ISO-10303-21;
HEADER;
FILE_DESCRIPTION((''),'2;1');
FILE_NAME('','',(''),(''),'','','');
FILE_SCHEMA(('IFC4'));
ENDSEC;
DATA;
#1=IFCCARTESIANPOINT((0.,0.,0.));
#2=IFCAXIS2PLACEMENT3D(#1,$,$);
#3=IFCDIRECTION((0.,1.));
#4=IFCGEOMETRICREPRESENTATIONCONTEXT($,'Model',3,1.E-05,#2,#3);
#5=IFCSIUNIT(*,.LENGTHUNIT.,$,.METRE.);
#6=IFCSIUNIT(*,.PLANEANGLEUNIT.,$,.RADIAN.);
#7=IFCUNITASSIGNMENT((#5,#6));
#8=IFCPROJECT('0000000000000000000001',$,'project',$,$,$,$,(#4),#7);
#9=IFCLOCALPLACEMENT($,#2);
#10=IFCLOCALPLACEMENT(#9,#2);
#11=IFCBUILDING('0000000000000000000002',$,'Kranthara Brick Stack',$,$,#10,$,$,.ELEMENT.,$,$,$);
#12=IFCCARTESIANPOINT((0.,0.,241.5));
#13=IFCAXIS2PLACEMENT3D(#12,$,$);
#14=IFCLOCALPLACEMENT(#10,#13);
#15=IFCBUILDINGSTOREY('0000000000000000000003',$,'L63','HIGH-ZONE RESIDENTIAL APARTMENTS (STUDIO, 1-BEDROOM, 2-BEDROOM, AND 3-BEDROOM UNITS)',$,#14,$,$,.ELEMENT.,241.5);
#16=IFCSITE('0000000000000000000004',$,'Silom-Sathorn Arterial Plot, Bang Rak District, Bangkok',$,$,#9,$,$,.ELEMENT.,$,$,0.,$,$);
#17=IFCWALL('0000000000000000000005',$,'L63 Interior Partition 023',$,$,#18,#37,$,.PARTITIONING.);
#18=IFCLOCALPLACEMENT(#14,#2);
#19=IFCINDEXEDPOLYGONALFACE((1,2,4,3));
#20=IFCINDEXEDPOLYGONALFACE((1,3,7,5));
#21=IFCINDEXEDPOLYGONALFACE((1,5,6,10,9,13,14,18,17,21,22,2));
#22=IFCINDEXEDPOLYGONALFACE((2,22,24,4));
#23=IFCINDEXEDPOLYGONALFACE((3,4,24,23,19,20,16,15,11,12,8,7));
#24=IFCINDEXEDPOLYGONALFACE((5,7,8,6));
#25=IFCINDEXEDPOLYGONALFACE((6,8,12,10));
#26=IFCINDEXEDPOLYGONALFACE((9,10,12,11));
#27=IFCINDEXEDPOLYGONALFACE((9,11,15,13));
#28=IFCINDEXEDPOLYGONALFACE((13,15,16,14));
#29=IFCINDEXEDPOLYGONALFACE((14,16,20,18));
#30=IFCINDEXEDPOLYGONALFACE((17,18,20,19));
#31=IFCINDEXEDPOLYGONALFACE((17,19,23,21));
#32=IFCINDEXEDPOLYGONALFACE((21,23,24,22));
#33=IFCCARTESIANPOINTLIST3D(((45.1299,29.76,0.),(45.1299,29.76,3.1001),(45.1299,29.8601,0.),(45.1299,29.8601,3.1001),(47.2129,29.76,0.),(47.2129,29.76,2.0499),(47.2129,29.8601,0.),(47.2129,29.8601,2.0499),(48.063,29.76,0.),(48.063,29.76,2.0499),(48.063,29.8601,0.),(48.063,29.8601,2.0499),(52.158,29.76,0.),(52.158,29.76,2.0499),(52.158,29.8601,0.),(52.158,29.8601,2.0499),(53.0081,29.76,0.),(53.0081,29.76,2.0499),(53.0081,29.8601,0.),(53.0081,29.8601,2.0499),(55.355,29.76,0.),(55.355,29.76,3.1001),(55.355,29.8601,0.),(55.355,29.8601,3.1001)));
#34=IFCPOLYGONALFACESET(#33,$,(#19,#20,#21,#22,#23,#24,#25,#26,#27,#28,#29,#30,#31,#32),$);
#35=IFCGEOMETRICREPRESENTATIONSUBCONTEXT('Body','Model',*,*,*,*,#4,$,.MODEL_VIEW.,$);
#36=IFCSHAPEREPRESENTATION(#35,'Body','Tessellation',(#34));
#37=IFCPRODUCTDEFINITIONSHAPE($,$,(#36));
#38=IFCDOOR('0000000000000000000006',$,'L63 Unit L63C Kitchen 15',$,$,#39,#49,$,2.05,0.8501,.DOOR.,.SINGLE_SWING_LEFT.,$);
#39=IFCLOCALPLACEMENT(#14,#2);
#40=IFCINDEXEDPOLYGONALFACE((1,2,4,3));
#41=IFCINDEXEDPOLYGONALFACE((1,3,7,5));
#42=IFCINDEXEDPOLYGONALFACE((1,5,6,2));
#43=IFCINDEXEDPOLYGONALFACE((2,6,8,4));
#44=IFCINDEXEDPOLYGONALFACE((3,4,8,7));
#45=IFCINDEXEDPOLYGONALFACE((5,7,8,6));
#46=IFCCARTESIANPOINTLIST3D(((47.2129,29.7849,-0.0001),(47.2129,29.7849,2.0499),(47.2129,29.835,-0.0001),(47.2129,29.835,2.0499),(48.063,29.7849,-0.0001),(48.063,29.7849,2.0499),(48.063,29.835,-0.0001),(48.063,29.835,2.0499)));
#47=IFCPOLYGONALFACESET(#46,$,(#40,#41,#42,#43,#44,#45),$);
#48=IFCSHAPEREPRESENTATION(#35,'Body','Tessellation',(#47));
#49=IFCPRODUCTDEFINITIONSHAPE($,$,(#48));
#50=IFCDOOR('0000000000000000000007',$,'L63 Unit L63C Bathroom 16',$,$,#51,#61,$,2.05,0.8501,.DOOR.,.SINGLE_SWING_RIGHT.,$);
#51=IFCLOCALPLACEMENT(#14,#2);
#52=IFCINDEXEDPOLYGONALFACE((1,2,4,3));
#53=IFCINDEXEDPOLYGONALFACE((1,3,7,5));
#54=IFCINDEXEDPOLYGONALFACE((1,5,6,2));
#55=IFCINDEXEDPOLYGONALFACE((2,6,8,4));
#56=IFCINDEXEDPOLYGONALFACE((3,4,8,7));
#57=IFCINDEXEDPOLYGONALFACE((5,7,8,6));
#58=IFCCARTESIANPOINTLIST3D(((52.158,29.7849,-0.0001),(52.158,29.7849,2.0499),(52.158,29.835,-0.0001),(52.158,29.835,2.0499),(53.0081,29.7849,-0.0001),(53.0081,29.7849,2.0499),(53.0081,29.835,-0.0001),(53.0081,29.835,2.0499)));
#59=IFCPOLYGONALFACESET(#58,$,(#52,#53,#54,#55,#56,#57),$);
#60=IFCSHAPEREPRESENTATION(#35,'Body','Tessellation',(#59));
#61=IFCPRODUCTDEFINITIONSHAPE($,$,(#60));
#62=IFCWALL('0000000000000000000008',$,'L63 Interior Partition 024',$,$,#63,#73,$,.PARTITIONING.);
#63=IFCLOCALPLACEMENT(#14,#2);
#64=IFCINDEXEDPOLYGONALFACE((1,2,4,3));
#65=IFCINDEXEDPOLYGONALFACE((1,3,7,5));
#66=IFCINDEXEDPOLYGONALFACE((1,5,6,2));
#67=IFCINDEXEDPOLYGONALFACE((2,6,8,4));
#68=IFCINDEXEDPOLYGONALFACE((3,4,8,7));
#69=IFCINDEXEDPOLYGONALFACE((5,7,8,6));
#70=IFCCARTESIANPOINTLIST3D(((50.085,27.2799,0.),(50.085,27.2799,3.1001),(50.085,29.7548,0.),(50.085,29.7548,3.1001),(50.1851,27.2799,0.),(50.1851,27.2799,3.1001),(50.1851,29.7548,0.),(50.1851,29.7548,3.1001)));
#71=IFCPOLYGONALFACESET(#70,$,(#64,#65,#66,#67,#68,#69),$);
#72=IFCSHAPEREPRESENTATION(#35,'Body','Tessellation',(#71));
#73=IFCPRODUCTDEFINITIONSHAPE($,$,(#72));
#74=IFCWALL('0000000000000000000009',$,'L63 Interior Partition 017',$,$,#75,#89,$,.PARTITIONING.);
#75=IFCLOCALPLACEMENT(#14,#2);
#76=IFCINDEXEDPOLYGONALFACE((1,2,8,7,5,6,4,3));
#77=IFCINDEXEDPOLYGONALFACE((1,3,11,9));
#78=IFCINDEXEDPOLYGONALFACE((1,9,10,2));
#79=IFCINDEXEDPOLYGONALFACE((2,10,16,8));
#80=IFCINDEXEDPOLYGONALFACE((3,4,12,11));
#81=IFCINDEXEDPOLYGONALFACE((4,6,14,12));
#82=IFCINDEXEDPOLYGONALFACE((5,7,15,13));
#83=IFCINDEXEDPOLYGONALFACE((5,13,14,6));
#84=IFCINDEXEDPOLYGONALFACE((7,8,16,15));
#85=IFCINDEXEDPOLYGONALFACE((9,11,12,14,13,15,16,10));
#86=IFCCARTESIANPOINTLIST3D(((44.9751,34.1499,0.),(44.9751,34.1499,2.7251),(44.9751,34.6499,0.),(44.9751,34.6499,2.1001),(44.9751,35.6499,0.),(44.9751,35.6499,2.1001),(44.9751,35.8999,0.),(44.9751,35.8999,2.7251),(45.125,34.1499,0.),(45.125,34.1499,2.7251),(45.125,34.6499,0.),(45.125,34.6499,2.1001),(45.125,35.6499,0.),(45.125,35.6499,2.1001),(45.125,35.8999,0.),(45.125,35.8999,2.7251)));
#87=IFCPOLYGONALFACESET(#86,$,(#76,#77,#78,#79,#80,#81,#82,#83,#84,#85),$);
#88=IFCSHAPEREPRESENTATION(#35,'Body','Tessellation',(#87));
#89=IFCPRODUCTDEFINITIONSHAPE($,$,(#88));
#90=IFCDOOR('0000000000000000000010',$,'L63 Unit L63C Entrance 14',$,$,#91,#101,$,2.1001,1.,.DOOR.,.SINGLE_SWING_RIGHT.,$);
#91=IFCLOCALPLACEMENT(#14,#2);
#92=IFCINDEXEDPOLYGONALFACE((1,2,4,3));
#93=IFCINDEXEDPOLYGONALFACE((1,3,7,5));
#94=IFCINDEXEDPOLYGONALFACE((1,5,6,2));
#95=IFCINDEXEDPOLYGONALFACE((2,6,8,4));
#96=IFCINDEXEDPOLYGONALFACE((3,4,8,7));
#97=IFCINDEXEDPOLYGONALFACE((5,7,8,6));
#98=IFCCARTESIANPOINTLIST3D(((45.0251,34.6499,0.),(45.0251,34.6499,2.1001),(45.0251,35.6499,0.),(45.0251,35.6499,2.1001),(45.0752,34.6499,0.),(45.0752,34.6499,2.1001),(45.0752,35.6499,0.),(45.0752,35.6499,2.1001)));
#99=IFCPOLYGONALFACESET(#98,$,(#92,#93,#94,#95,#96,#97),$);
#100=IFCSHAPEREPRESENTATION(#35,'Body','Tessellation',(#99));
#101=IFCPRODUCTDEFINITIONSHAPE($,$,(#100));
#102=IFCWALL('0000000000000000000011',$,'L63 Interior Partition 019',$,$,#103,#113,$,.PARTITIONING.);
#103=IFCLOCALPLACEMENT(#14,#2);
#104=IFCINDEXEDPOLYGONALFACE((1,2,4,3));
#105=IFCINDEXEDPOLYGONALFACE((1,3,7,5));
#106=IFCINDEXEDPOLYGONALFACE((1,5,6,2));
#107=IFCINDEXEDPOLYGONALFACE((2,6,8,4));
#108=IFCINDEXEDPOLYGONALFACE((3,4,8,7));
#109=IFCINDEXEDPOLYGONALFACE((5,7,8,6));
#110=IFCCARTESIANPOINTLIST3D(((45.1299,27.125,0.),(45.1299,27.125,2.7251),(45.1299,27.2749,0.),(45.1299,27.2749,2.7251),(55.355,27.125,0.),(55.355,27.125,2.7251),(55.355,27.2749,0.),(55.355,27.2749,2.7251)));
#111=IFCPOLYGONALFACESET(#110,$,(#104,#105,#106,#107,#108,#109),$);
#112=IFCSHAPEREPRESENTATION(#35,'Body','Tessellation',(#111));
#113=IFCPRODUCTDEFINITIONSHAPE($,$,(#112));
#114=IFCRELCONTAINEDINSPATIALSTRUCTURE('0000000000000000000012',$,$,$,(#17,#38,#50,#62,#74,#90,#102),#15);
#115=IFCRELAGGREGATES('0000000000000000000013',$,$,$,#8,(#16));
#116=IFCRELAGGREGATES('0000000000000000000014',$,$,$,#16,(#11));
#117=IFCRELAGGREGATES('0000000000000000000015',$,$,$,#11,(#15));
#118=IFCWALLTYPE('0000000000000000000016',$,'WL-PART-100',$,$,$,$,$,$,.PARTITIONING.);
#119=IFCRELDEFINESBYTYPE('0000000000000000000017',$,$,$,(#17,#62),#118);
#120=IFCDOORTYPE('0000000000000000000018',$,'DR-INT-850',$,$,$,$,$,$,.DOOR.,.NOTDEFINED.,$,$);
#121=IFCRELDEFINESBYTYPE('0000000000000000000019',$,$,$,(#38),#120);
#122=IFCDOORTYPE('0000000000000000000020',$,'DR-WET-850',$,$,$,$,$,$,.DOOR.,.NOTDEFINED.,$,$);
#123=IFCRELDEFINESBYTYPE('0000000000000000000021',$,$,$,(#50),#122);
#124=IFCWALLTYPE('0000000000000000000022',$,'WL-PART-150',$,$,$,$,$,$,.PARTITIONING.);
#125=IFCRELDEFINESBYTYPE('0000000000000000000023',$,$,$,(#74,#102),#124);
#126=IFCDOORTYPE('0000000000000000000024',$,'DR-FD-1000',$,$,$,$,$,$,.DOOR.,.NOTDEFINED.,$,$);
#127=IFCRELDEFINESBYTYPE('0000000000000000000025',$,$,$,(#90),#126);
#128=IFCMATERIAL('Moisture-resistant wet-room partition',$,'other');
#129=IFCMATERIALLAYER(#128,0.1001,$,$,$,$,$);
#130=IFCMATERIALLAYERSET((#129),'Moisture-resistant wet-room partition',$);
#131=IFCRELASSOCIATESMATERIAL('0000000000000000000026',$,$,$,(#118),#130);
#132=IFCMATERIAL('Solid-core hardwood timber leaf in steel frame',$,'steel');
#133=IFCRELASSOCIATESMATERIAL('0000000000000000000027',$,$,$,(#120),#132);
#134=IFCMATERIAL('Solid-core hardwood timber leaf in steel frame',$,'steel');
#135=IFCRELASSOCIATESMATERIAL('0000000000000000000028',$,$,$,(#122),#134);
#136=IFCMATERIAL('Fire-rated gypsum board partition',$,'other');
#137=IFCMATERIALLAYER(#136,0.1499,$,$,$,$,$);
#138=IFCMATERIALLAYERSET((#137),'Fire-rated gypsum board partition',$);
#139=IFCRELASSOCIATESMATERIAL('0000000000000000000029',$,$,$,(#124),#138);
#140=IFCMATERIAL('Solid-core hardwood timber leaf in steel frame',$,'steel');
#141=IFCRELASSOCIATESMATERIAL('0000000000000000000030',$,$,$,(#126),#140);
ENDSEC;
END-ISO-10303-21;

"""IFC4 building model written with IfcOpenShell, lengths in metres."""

from ifc_helpers import new_model, si_unit, direction, frame, frame_2d, origin, place, context, subcontext, project, spatial, rectangle, extrude, material, layer, layer_set, type_object, element, fill, save


model = new_model("IFC4")

# Units and contexts
model_context = context("Model", 3, precision=1e-05, world=origin(), true_north=direction((0.0, 1.0)))
body_context = subcontext(model_context, "Body", "Model", "MODEL_VIEW")
ifc_project = project(units=[si_unit("LENGTHUNIT", "METRE"), si_unit("PLANEANGLEUNIT", "RADIAN")], contexts=[model_context])

# Site, building, storey
site_placement = place(None, origin())
site = spatial("IfcSite", under=ifc_project, at=site_placement, Name="Silom-Sathorn Arterial Plot, Bang Rak District, Bangkok", CompositionType="ELEMENT", RefElevation=0.0)
building_placement = place(site_placement, origin())
building = spatial("IfcBuilding", under=site, at=building_placement, Name="Kranthara Brick Stack", CompositionType="ELEMENT")
storey_placement = place(building_placement, frame((0.0, 0.0, 241.5)))
storey = spatial("IfcBuildingStorey", under=building, at=storey_placement, Name="L63", Description="HIGH-ZONE RESIDENTIAL APARTMENTS (STUDIO, 1-BEDROOM, 2-BEDROOM, AND 3-BEDROOM UNITS)", CompositionType="ELEMENT", Elevation=241.5)

# Wall, openings, doors
ifc_material_1 = material(Name="Moisture-resistant wet-room partition", Category="other")
ifc_layer_1 = layer(ifc_material_1, 0.1001)
ifc_layer_set_1 = layer_set([ifc_layer_1], Name="Moisture-resistant wet-room partition")
wall_type_1 = type_object("IfcWallType", Name="WL-PART-100", PredefinedType="PARTITIONING", material=ifc_layer_set_1)
wall_1_placement = place(storey_placement, frame((45.1299, 29.8101, 0.0), z_axis=(0.0, 0.0, 1.0), x_axis=(1.0, 0.0, 0.0)))
wall_1 = element("IfcWall", 1, at=wall_1_placement, inside=storey, type_object=wall_type_1, Name="L63 Interior Partition 023", PredefinedType="PARTITIONING", context=body_context, shape_type="SweptSolid", body=[
    extrude(rectangle(XDim=10.2251, YDim=0.1001, at=frame_2d((5.1125, 0.0))), origin(), (0.0, 0.0, 1.0), 3.1001),
])
opening_1_placement = place(wall_1_placement, frame((2.083, 0.0, 0.0)))
opening_1 = element("IfcOpeningElement", 2, at=opening_1_placement, cuts=wall_1, PredefinedType="OPENING", context=body_context, shape_type="SweptSolid", body=[
    extrude(rectangle(XDim=0.8501, YDim=2.05, at=frame_2d((0.425, 1.0249))), frame((0.0, 0.0601, 0.0), z_axis=(0.0, -1.0, 0.0), x_axis=(1.0, 0.0, 0.0)), (0.0, 0.0, 1.0), 0.1201),
])
opening_2_placement = place(wall_1_placement, frame((7.0281, 0.0, 0.0)))
opening_2 = element("IfcOpeningElement", 3, at=opening_2_placement, cuts=wall_1, PredefinedType="OPENING", context=body_context, shape_type="SweptSolid", body=[
    extrude(rectangle(XDim=0.8501, YDim=2.05, at=frame_2d((0.425, 1.0249))), frame((0.0, 0.0601, 0.0), z_axis=(0.0, -1.0, 0.0), x_axis=(1.0, 0.0, 0.0)), (0.0, 0.0, 1.0), 0.1201),
])
ifc_material_2 = material(Name="Solid-core hardwood timber leaf in steel frame", Category="steel")
door_type_1 = type_object("IfcDoorType", Name="DR-INT-850", OperationType="NOTDEFINED", PredefinedType="DOOR", material=ifc_material_2)
door_1_placement = place(opening_1_placement, origin())
door_1 = element("IfcDoor", 4, at=door_1_placement, inside=storey, type_object=door_type_1, Name="L63 Unit L63C Kitchen 15", OperationType="SINGLE_SWING_LEFT", OverallHeight=2.05, OverallWidth=0.8501, PredefinedType="DOOR", context=body_context, shape_type="SweptSolid", body=[
    extrude(rectangle(XDim=0.8501, YDim=2.05, at=frame_2d((0.425, 1.0249))), frame((0.0, 0.0249, 0.0), z_axis=(0.0, -1.0, 0.0), x_axis=(1.0, 0.0, 0.0)), (0.0, 0.0, 1.0), 0.05),
])
fill(opening_1, door_1)
ifc_material_3 = material(Name="Solid-core hardwood timber leaf in steel frame", Category="steel")
door_type_2 = type_object("IfcDoorType", Name="DR-WET-850", OperationType="NOTDEFINED", PredefinedType="DOOR", material=ifc_material_3)
door_2_placement = place(opening_2_placement, origin())
door_2 = element("IfcDoor", 5, at=door_2_placement, inside=storey, type_object=door_type_2, Name="L63 Unit L63C Bathroom 16", OperationType="SINGLE_SWING_RIGHT", OverallHeight=2.05, OverallWidth=0.8501, PredefinedType="DOOR", context=body_context, shape_type="SweptSolid", body=[
    extrude(rectangle(XDim=0.8501, YDim=2.05, at=frame_2d((0.425, 1.0249))), frame((0.0, 0.0249, 0.0), z_axis=(0.0, -1.0, 0.0), x_axis=(1.0, 0.0, 0.0)), (0.0, 0.0, 1.0), 0.05),
])
fill(opening_2, door_2)

# Wall
wall_2_placement = place(storey_placement, frame((50.135, 27.28, 0.0), z_axis=(0.0, 0.0, 1.0), x_axis=(0.0, 1.0, 0.0)))
element("IfcWall", 6, at=wall_2_placement, inside=storey, type_object=wall_type_1, Name="L63 Interior Partition 024", PredefinedType="PARTITIONING", context=body_context, shape_type="SweptSolid", body=[
    extrude(rectangle(XDim=2.4749, YDim=0.1001, at=frame_2d((1.2373, 0.0))), origin(), (0.0, 0.0, 1.0), 3.1001),
])

# Wall, opening, door
ifc_material_4 = material(Name="Fire-rated gypsum board partition", Category="other")
ifc_layer_2 = layer(ifc_material_4, 0.1499)
ifc_layer_set_2 = layer_set([ifc_layer_2], Name="Fire-rated gypsum board partition")
wall_type_2 = type_object("IfcWallType", Name="WL-PART-150", PredefinedType="PARTITIONING", material=ifc_layer_set_2)
wall_3_placement = place(storey_placement, frame((45.05, 34.1499, 0.0), z_axis=(0.0, 0.0, 1.0), x_axis=(0.0, 1.0, 0.0)))
wall_3 = element("IfcWall", 7, at=wall_3_placement, inside=storey, type_object=wall_type_2, Name="L63 Interior Partition 017", PredefinedType="PARTITIONING", context=body_context, shape_type="SweptSolid", body=[
    extrude(rectangle(XDim=1.75, YDim=0.1499, at=frame_2d((0.875, 0.0))), origin(), (0.0, 0.0, 1.0), 2.7251),
])
opening_3_placement = place(wall_3_placement, frame((0.5, 0.0, 0.0)))
opening_3 = element("IfcOpeningElement", 8, at=opening_3_placement, cuts=wall_3, PredefinedType="OPENING", context=body_context, shape_type="SweptSolid", body=[
    extrude(rectangle(XDim=1.0, YDim=2.1001, at=frame_2d((0.5, 1.05))), frame((0.0, 0.085, 0.0), z_axis=(0.0, -1.0, 0.0), x_axis=(1.0, 0.0, 0.0)), (0.0, 0.0, 1.0), 0.1699),
])
ifc_material_5 = material(Name="Solid-core hardwood timber leaf in steel frame", Category="steel")
door_type_3 = type_object("IfcDoorType", Name="DR-FD-1000", OperationType="NOTDEFINED", PredefinedType="DOOR", material=ifc_material_5)
door_3_placement = place(opening_3_placement, origin())
door_3 = element("IfcDoor", 9, at=door_3_placement, inside=storey, type_object=door_type_3, Name="L63 Unit L63C Entrance 14", OperationType="SINGLE_SWING_RIGHT", OverallHeight=2.1001, OverallWidth=1.0, PredefinedType="DOOR", context=body_context, shape_type="SweptSolid", body=[
    extrude(rectangle(XDim=1.0, YDim=2.1001, at=frame_2d((0.5, 1.05))), frame((0.0, 0.0249, 0.0), z_axis=(0.0, -1.0, 0.0), x_axis=(1.0, 0.0, 0.0)), (0.0, 0.0, 1.0), 0.05),
])
fill(opening_3, door_3)

# Wall
wall_4_placement = place(storey_placement, frame((45.1299, 27.2, 0.0), z_axis=(0.0, 0.0, 1.0), x_axis=(1.0, 0.0, 0.0)))
element("IfcWall", 10, at=wall_4_placement, inside=storey, type_object=wall_type_2, Name="L63 Interior Partition 019", PredefinedType="PARTITIONING", context=body_context, shape_type="SweptSolid", body=[
    extrude(rectangle(XDim=10.2251, YDim=0.1499, at=frame_2d((5.1125, 0.0))), origin(), (0.0, 0.0, 1.0), 2.7251),
])

save(model, "model.ifc")
